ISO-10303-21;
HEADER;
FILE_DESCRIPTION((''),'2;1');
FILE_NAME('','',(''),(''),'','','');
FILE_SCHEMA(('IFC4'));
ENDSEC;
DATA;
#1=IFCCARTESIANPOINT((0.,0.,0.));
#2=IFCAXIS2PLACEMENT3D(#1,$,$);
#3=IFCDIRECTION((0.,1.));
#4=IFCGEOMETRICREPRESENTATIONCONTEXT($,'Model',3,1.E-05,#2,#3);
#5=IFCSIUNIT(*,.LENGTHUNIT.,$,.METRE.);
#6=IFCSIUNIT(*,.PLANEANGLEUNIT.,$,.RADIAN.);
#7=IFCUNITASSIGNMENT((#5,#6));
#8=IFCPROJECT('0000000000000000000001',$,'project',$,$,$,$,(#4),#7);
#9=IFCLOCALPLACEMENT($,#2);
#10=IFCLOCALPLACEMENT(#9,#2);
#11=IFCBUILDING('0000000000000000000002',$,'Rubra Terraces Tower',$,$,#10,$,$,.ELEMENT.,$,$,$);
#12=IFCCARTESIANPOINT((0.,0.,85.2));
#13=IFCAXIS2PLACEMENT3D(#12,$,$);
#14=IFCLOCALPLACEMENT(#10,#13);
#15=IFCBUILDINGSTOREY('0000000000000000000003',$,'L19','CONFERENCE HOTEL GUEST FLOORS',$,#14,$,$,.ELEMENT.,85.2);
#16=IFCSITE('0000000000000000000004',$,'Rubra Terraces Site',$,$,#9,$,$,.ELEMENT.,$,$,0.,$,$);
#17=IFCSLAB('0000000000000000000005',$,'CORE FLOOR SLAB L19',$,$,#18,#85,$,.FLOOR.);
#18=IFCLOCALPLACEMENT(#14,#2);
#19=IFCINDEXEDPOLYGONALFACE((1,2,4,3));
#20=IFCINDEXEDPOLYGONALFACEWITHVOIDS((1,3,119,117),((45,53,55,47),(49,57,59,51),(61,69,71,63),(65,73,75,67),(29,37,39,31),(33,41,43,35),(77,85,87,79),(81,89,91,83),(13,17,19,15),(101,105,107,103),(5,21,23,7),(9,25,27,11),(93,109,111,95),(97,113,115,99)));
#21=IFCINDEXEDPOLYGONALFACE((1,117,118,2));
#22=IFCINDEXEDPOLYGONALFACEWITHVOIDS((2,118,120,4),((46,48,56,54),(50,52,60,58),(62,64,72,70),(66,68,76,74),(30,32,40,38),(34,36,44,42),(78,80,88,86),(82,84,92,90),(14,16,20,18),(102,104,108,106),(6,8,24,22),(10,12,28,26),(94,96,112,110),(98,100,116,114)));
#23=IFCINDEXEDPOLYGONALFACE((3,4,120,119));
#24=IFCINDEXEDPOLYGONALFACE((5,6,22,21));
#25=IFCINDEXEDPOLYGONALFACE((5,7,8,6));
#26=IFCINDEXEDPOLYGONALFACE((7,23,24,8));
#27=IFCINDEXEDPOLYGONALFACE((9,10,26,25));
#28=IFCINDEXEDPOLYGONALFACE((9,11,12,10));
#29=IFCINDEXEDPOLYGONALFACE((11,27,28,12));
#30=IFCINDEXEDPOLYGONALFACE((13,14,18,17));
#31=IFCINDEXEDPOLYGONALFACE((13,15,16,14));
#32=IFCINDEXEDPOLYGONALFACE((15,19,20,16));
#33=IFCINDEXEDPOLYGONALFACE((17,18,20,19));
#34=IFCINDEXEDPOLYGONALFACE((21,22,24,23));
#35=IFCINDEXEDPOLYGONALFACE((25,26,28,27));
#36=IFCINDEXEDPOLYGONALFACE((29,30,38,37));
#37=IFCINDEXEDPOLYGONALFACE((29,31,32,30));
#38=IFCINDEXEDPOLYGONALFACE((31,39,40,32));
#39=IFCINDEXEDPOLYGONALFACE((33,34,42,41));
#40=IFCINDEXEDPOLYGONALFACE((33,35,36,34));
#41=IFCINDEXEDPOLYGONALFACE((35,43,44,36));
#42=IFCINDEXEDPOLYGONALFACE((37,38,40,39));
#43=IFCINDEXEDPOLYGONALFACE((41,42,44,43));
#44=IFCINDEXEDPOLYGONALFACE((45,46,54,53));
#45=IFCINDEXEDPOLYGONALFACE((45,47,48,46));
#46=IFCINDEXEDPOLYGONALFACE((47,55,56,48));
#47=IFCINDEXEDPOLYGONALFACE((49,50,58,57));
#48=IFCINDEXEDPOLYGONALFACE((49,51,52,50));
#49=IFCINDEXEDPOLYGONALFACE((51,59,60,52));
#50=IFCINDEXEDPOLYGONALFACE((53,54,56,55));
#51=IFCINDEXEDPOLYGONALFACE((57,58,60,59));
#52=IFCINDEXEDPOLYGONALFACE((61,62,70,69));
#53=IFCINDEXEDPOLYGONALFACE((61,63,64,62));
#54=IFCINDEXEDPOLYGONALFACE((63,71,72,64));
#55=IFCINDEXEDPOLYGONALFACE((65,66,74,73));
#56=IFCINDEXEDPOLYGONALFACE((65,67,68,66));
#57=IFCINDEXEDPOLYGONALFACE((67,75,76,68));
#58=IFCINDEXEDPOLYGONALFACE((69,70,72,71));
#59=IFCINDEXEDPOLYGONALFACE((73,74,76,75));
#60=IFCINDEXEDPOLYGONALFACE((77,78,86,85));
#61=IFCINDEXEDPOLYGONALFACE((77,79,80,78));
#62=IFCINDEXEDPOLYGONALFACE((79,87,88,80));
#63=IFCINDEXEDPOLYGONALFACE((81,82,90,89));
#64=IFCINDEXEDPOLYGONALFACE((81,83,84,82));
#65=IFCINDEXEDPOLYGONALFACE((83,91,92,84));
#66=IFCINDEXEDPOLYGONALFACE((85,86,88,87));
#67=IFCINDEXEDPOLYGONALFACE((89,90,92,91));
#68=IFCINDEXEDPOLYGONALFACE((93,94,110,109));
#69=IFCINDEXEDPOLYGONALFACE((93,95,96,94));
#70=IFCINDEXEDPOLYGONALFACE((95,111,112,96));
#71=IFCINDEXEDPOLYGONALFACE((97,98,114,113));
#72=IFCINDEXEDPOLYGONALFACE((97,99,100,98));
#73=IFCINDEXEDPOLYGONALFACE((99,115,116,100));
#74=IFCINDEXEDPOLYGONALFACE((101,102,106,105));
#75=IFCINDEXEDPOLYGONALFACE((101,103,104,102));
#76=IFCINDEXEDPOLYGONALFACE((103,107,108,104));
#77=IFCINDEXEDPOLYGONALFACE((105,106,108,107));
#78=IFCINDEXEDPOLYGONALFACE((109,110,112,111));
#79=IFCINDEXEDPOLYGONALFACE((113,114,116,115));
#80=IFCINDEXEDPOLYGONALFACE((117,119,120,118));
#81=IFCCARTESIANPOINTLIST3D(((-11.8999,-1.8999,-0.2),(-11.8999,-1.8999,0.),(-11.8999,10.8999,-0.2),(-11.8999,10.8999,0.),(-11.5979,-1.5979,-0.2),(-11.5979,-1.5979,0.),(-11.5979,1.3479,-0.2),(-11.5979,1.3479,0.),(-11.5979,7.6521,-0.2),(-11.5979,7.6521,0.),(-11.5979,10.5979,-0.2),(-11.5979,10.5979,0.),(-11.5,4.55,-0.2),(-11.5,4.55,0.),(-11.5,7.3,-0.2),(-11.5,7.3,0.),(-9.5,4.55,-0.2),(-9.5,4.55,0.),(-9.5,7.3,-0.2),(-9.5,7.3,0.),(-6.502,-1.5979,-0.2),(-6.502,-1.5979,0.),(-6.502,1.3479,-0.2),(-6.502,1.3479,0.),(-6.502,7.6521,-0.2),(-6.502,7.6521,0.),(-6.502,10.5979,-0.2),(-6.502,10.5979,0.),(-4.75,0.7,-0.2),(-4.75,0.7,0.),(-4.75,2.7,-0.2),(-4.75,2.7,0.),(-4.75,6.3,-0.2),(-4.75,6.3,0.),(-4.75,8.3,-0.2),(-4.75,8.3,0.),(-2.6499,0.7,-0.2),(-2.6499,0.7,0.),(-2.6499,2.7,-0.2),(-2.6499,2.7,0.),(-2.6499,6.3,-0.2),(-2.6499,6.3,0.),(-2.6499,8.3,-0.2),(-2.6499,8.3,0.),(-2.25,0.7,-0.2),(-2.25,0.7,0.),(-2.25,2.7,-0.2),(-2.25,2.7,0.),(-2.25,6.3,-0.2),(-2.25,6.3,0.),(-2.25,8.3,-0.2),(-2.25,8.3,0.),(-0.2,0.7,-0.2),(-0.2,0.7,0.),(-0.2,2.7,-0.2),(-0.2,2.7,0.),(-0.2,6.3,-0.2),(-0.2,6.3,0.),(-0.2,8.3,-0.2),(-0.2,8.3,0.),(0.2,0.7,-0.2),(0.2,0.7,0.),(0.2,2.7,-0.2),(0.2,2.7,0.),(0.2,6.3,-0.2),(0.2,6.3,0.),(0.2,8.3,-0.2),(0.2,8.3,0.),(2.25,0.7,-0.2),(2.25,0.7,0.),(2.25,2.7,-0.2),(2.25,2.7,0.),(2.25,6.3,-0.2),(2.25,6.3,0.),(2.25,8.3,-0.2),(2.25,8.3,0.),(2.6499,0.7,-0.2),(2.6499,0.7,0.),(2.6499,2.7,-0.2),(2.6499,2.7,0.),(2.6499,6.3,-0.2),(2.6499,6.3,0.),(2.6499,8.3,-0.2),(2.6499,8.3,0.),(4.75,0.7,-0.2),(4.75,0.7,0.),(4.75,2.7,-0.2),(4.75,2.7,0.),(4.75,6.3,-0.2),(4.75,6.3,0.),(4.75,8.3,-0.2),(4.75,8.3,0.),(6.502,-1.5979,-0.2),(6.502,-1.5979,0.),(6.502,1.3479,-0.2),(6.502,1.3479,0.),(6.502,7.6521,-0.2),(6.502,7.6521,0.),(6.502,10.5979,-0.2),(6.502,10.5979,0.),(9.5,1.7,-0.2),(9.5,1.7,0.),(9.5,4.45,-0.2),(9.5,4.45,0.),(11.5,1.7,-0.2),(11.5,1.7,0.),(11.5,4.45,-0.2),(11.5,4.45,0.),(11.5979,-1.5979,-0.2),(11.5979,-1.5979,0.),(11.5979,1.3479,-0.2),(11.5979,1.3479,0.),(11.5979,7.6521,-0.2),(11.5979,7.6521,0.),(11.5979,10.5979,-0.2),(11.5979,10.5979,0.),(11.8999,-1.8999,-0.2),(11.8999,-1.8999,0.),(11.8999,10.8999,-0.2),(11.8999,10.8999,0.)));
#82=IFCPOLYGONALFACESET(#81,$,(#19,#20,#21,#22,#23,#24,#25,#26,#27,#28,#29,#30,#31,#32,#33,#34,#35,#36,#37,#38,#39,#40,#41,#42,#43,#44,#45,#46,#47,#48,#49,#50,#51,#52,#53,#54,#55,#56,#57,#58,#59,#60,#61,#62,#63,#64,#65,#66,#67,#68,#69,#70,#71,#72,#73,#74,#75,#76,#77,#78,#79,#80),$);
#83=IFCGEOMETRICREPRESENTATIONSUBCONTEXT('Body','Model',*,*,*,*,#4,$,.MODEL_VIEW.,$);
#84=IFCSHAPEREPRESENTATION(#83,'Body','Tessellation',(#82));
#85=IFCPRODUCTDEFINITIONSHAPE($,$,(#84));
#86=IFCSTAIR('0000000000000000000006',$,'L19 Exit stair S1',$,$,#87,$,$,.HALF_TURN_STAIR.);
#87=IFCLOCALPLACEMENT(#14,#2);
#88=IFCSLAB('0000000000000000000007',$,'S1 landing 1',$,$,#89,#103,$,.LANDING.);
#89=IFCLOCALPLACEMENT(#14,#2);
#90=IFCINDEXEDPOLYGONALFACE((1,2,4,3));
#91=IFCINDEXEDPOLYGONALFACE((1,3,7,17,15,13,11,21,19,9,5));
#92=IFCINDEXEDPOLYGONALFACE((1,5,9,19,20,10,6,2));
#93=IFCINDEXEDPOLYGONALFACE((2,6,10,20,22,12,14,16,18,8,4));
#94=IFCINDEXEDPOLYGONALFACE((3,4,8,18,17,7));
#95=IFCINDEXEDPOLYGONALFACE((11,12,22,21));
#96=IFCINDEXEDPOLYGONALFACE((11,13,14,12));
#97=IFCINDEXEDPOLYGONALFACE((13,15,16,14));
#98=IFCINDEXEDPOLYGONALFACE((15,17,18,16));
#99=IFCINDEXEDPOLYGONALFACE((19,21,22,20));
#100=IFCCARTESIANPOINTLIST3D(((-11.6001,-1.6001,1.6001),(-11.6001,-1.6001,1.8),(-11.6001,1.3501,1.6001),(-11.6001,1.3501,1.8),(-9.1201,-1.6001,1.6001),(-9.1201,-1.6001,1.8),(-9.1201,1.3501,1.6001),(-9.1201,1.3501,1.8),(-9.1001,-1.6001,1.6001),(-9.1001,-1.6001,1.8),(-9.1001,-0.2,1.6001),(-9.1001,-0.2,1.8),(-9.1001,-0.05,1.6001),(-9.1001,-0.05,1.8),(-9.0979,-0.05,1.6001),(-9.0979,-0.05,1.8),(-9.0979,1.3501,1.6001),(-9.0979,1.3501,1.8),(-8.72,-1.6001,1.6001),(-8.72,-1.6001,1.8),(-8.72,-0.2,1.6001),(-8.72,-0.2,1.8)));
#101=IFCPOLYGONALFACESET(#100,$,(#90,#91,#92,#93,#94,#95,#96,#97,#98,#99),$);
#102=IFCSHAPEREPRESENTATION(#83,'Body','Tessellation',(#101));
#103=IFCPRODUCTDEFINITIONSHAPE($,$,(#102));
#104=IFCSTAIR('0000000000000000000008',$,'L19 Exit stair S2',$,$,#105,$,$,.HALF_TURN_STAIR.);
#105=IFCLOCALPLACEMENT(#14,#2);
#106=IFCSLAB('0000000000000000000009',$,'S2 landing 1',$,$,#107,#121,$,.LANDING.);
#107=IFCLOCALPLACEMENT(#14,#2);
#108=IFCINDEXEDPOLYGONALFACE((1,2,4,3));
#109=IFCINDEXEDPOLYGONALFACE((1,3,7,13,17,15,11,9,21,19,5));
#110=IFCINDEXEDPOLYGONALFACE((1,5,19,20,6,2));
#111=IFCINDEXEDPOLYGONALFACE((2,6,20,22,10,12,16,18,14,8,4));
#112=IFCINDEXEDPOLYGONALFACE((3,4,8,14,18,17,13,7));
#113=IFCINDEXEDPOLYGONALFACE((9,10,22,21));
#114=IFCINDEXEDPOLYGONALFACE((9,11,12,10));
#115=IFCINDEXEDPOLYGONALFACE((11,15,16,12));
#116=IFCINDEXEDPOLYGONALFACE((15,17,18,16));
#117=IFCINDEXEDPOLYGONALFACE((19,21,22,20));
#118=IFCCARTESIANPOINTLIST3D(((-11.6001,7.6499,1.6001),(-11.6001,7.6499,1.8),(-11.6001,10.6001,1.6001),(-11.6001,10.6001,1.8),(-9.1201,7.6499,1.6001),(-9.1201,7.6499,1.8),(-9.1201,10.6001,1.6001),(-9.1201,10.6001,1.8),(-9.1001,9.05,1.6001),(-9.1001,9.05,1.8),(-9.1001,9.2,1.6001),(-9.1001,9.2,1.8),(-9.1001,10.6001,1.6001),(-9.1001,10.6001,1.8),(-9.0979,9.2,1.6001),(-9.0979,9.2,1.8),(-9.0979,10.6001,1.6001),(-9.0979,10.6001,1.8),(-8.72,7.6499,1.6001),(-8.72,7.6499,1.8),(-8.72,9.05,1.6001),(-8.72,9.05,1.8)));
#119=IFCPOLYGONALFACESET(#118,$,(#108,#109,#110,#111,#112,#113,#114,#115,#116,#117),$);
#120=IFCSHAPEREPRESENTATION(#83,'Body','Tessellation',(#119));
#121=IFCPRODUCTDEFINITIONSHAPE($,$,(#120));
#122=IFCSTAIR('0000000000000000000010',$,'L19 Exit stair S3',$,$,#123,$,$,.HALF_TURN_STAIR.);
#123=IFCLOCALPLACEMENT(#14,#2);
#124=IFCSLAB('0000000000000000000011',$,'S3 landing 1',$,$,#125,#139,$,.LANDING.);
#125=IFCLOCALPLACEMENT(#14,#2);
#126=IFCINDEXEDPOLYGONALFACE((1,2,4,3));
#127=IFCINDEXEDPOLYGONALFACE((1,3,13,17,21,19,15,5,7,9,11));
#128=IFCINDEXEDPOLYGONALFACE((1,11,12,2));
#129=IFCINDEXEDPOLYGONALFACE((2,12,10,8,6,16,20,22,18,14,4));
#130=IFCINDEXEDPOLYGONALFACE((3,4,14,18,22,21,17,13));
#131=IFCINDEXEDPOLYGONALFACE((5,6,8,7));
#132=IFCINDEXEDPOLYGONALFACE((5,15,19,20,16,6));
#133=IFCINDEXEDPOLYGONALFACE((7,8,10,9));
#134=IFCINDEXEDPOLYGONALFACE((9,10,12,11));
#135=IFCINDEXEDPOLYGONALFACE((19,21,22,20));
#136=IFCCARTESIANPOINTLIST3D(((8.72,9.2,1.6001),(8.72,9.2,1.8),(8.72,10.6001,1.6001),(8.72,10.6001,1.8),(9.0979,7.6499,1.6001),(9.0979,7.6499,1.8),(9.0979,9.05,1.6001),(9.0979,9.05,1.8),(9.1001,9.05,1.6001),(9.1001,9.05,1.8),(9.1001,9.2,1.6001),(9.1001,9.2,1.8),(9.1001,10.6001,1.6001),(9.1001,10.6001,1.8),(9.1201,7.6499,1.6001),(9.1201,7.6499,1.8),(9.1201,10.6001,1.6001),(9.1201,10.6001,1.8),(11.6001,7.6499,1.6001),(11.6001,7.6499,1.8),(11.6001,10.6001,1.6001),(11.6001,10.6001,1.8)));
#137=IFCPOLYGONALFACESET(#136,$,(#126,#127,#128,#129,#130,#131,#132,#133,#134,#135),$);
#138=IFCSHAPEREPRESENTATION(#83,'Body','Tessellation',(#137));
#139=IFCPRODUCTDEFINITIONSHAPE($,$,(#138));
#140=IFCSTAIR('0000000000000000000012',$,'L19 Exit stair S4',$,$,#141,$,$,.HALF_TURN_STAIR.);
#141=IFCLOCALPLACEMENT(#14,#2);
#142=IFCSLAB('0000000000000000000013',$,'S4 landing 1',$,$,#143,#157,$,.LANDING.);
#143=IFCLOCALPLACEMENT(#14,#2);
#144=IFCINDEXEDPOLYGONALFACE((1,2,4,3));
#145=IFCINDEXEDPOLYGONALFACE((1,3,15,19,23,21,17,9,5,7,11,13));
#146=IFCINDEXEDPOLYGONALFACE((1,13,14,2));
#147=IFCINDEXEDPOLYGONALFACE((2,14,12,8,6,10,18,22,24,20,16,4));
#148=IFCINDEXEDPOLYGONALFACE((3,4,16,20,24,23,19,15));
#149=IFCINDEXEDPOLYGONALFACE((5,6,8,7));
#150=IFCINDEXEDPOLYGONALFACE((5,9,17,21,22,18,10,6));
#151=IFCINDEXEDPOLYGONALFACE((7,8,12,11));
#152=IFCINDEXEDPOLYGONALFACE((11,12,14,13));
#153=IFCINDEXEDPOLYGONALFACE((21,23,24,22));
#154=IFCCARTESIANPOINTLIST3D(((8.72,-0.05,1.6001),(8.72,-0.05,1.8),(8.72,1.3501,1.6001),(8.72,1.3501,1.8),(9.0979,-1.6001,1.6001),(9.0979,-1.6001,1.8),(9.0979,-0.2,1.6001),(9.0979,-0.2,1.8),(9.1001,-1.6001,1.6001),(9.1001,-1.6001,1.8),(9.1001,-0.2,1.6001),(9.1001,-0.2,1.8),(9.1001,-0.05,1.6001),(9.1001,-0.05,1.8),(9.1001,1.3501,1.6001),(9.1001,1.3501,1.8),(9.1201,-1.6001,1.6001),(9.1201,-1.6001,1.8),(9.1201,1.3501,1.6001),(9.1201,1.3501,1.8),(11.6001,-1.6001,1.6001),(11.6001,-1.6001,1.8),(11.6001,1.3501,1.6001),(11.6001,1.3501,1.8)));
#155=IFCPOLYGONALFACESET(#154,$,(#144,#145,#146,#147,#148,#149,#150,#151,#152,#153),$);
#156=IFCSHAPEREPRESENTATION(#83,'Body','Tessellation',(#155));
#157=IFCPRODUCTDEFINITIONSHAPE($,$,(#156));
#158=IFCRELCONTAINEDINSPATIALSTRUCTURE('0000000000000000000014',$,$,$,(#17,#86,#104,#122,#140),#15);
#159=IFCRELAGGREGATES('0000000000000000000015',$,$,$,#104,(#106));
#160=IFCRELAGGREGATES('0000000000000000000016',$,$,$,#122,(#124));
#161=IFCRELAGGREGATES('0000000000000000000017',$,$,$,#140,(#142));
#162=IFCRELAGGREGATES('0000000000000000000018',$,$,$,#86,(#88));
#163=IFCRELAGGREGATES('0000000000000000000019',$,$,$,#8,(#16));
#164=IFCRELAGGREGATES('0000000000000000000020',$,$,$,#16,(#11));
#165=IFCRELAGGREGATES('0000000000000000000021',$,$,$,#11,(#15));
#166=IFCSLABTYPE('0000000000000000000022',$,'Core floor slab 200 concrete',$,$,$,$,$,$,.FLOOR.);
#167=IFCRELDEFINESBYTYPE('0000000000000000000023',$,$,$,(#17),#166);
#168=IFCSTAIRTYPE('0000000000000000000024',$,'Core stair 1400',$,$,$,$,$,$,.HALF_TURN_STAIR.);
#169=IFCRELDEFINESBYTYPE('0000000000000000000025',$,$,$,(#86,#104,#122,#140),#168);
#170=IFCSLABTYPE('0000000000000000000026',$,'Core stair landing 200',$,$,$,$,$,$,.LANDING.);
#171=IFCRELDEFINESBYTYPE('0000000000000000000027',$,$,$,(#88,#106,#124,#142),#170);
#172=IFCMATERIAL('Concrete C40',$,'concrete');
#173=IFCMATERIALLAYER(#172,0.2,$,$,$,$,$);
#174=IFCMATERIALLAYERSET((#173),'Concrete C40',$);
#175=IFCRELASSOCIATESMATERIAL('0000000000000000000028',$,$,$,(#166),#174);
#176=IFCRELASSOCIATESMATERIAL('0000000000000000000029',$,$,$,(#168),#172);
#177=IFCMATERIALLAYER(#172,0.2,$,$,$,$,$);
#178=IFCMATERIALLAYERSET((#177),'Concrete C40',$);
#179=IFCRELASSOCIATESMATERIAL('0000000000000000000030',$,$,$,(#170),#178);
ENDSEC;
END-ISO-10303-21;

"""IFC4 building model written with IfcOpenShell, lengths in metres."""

from ifc_helpers import new_model, si_unit, direction, frame, origin, place, context, subcontext, project, spatial, polyline, outline, extrude, material, layer, layer_set, type_object, element, aggregate, save


model = new_model("IFC4")

# Units and contexts
model_context = context("Model", 3, precision=1e-05, world=origin(), true_north=direction((0.0, 1.0)))
body_context = subcontext(model_context, "Body", "Model", "MODEL_VIEW")
ifc_project = project(units=[si_unit("LENGTHUNIT", "METRE"), si_unit("PLANEANGLEUNIT", "RADIAN")], contexts=[model_context])

# Site, building, storey
site_placement = place(None, origin())
site = spatial("IfcSite", under=ifc_project, at=site_placement, Name="Rubra Terraces Site", CompositionType="ELEMENT", RefElevation=0.0)
building_placement = place(site_placement, origin())
building = spatial("IfcBuilding", under=site, at=building_placement, Name="Rubra Terraces Tower", CompositionType="ELEMENT")
storey_placement = place(building_placement, frame((0.0, 0.0, 85.2)))
storey = spatial("IfcBuildingStorey", under=building, at=storey_placement, Name="L19", Description="CONFERENCE HOTEL GUEST FLOORS", CompositionType="ELEMENT", Elevation=85.2)

# Slab
ifc_material_1 = material(Name="Concrete C40", Category="concrete")
ifc_layer_1 = layer(ifc_material_1, 0.2)
ifc_layer_set_1 = layer_set([ifc_layer_1], Name="Concrete C40")
slab_type_1 = type_object("IfcSlabType", Name="Core floor slab 200 concrete", PredefinedType="FLOOR", material=ifc_layer_set_1)
slab_1_placement = place(storey_placement, frame((0.0, 0.0, -0.2)))
element("IfcSlab", 1, at=slab_1_placement, inside=storey, type_object=slab_type_1, Name="CORE FLOOR SLAB L19", PredefinedType="FLOOR", context=body_context, shape_type="SweptSolid", body=[
    extrude(outline(polyline([(-11.8999, -1.8999), (-11.8999, 10.8999), (11.8999, 10.8999), (11.8999, -1.8999), (-11.8999, -1.8999)]), holes=[polyline([(11.5979, 1.3479), (6.502, 1.3479), (6.502, -1.5979), (11.5979, -1.5979), (11.5979, 1.3479)]), polyline([(11.5979, 7.6521), (11.5979, 10.5979), (6.502, 10.5979), (6.502, 7.6521), (11.5979, 7.6521)]), polyline([(9.5, 1.7), (11.5, 1.7), (11.5, 4.45), (9.5, 4.45), (9.5, 1.7)]), polyline([(4.75, 0.7), (4.75, 2.7), (2.6499, 2.7), (2.6499, 0.7), (4.75, 0.7)]), polyline([(4.75, 6.3), (4.75, 8.3), (2.6499, 8.3), (2.6499, 6.3), (4.75, 6.3)]), polyline([(2.25, 0.7), (2.25, 2.7), (0.2, 2.7), (0.2, 0.7), (2.25, 0.7)]), polyline([(2.25, 6.3), (2.25, 8.3), (0.2, 8.3), (0.2, 6.3), (2.25, 6.3)]), polyline([(-0.2, 0.7), (-0.2, 2.7), (-2.25, 2.7), (-2.25, 0.7), (-0.2, 0.7)]), polyline([(-0.2, 6.3), (-0.2, 8.3), (-2.25, 8.3), (-2.25, 6.3), (-0.2, 6.3)]), polyline([(-2.6499, 0.7), (-2.6499, 2.7), (-4.75, 2.7), (-4.75, 0.7), (-2.6499, 0.7)]), polyline([(-2.6499, 8.3), (-4.75, 8.3), (-4.75, 6.3), (-2.6499, 6.3), (-2.6499, 8.3)]), polyline([(-11.5979, -1.5979), (-6.502, -1.5979), (-6.502, 1.3479), (-11.5979, 1.3479), (-11.5979, -1.5979)]), polyline([(-11.5979, 10.5979), (-11.5979, 7.6521), (-6.502, 7.6521), (-6.502, 10.5979), (-11.5979, 10.5979)]), polyline([(-9.5, 4.55), (-9.5, 7.3), (-11.5, 7.3), (-11.5, 4.55), (-9.5, 4.55)])]), origin(), (0.0, 0.0, 1.0), 0.2),
])

# Stairs, slabs
stair_type = type_object("IfcStairType", Name="Core stair 1400", PredefinedType="HALF_TURN_STAIR", material=ifc_material_1)
stair_1_placement = place(storey_placement, origin())
stair_1 = element("IfcStair", 2, at=stair_1_placement, inside=storey, type_object=stair_type, Name="L19 Exit stair S1", PredefinedType="HALF_TURN_STAIR")
ifc_layer_2 = layer(ifc_material_1, 0.2)
ifc_layer_set_2 = layer_set([ifc_layer_2], Name="Concrete C40")
slab_type_2 = type_object("IfcSlabType", Name="Core stair landing 200", PredefinedType="LANDING", material=ifc_layer_set_2)
slab_2_placement = place(storey_placement, frame((0.0, 0.0, 1.6001)))
slab_2 = element("IfcSlab", 3, at=slab_2_placement, type_object=slab_type_2, Name="S1 landing 1", PredefinedType="LANDING", context=body_context, shape_type="SweptSolid", body=[
    extrude(outline(polyline([(-8.72, -0.2), (-8.72, -1.6001), (-9.1001, -1.6001), (-9.1201, -1.6001), (-11.6001, -1.6001), (-11.6001, 1.3501), (-9.1201, 1.3501), (-9.0979, 1.3501), (-9.0979, -0.05), (-9.1001, -0.05), (-9.1001, -0.2), (-8.72, -0.2)])), origin(), (0.0, 0.0, 1.0), 0.2),
])
stair_2_placement = place(storey_placement, origin())
stair_2 = element("IfcStair", 4, at=stair_2_placement, inside=storey, type_object=stair_type, Name="L19 Exit stair S2", PredefinedType="HALF_TURN_STAIR")
slab_3_placement = place(storey_placement, frame((0.0, 0.0, 1.6001)))
slab_3 = element("IfcSlab", 5, at=slab_3_placement, type_object=slab_type_2, Name="S2 landing 1", PredefinedType="LANDING", context=body_context, shape_type="SweptSolid", body=[
    extrude(outline(polyline([(-8.72, 9.05), (-8.72, 7.6499), (-9.1201, 7.6499), (-11.6001, 7.6499), (-11.6001, 10.6001), (-9.1201, 10.6001), (-9.1001, 10.6001), (-9.0979, 10.6001), (-9.0979, 9.2), (-9.1001, 9.2), (-9.1001, 9.05), (-8.72, 9.05)])), origin(), (0.0, 0.0, 1.0), 0.2),
])
aggregate(stair_2, [slab_3])
stair_3_placement = place(storey_placement, origin())
stair_3 = element("IfcStair", 6, at=stair_3_placement, inside=storey, type_object=stair_type, Name="L19 Exit stair S3", PredefinedType="HALF_TURN_STAIR")
slab_4_placement = place(storey_placement, frame((0.0, 0.0, 1.6001)))
slab_4 = element("IfcSlab", 7, at=slab_4_placement, type_object=slab_type_2, Name="S3 landing 1", PredefinedType="LANDING", context=body_context, shape_type="SweptSolid", body=[
    extrude(outline(polyline([(9.1001, 9.05), (9.1001, 9.2), (8.72, 9.2), (8.72, 10.6001), (9.1001, 10.6001), (9.1201, 10.6001), (11.6001, 10.6001), (11.6001, 7.6499), (9.1201, 7.6499), (9.0979, 7.6499), (9.0979, 9.05), (9.1001, 9.05)])), origin(), (0.0, 0.0, 1.0), 0.2),
])
aggregate(stair_3, [slab_4])
stair_4_placement = place(storey_placement, origin())
stair_4 = element("IfcStair", 8, at=stair_4_placement, inside=storey, type_object=stair_type, Name="L19 Exit stair S4", PredefinedType="HALF_TURN_STAIR")
slab_5_placement = place(storey_placement, frame((0.0, 0.0, 1.6001)))
slab_5 = element("IfcSlab", 9, at=slab_5_placement, type_object=slab_type_2, Name="S4 landing 1", PredefinedType="LANDING", context=body_context, shape_type="SweptSolid", body=[
    extrude(outline(polyline([(9.1001, -0.2), (9.1001, -0.05), (8.72, -0.05), (8.72, 1.3501), (9.1001, 1.3501), (9.1201, 1.3501), (11.6001, 1.3501), (11.6001, -1.6001), (9.1201, -1.6001), (9.1001, -1.6001), (9.0979, -1.6001), (9.0979, -0.2), (9.1001, -0.2)])), origin(), (0.0, 0.0, 1.0), 0.2),
])
aggregate(stair_4, [slab_5])

aggregate(stair_1, [slab_2])

save(model, "model.ifc")
